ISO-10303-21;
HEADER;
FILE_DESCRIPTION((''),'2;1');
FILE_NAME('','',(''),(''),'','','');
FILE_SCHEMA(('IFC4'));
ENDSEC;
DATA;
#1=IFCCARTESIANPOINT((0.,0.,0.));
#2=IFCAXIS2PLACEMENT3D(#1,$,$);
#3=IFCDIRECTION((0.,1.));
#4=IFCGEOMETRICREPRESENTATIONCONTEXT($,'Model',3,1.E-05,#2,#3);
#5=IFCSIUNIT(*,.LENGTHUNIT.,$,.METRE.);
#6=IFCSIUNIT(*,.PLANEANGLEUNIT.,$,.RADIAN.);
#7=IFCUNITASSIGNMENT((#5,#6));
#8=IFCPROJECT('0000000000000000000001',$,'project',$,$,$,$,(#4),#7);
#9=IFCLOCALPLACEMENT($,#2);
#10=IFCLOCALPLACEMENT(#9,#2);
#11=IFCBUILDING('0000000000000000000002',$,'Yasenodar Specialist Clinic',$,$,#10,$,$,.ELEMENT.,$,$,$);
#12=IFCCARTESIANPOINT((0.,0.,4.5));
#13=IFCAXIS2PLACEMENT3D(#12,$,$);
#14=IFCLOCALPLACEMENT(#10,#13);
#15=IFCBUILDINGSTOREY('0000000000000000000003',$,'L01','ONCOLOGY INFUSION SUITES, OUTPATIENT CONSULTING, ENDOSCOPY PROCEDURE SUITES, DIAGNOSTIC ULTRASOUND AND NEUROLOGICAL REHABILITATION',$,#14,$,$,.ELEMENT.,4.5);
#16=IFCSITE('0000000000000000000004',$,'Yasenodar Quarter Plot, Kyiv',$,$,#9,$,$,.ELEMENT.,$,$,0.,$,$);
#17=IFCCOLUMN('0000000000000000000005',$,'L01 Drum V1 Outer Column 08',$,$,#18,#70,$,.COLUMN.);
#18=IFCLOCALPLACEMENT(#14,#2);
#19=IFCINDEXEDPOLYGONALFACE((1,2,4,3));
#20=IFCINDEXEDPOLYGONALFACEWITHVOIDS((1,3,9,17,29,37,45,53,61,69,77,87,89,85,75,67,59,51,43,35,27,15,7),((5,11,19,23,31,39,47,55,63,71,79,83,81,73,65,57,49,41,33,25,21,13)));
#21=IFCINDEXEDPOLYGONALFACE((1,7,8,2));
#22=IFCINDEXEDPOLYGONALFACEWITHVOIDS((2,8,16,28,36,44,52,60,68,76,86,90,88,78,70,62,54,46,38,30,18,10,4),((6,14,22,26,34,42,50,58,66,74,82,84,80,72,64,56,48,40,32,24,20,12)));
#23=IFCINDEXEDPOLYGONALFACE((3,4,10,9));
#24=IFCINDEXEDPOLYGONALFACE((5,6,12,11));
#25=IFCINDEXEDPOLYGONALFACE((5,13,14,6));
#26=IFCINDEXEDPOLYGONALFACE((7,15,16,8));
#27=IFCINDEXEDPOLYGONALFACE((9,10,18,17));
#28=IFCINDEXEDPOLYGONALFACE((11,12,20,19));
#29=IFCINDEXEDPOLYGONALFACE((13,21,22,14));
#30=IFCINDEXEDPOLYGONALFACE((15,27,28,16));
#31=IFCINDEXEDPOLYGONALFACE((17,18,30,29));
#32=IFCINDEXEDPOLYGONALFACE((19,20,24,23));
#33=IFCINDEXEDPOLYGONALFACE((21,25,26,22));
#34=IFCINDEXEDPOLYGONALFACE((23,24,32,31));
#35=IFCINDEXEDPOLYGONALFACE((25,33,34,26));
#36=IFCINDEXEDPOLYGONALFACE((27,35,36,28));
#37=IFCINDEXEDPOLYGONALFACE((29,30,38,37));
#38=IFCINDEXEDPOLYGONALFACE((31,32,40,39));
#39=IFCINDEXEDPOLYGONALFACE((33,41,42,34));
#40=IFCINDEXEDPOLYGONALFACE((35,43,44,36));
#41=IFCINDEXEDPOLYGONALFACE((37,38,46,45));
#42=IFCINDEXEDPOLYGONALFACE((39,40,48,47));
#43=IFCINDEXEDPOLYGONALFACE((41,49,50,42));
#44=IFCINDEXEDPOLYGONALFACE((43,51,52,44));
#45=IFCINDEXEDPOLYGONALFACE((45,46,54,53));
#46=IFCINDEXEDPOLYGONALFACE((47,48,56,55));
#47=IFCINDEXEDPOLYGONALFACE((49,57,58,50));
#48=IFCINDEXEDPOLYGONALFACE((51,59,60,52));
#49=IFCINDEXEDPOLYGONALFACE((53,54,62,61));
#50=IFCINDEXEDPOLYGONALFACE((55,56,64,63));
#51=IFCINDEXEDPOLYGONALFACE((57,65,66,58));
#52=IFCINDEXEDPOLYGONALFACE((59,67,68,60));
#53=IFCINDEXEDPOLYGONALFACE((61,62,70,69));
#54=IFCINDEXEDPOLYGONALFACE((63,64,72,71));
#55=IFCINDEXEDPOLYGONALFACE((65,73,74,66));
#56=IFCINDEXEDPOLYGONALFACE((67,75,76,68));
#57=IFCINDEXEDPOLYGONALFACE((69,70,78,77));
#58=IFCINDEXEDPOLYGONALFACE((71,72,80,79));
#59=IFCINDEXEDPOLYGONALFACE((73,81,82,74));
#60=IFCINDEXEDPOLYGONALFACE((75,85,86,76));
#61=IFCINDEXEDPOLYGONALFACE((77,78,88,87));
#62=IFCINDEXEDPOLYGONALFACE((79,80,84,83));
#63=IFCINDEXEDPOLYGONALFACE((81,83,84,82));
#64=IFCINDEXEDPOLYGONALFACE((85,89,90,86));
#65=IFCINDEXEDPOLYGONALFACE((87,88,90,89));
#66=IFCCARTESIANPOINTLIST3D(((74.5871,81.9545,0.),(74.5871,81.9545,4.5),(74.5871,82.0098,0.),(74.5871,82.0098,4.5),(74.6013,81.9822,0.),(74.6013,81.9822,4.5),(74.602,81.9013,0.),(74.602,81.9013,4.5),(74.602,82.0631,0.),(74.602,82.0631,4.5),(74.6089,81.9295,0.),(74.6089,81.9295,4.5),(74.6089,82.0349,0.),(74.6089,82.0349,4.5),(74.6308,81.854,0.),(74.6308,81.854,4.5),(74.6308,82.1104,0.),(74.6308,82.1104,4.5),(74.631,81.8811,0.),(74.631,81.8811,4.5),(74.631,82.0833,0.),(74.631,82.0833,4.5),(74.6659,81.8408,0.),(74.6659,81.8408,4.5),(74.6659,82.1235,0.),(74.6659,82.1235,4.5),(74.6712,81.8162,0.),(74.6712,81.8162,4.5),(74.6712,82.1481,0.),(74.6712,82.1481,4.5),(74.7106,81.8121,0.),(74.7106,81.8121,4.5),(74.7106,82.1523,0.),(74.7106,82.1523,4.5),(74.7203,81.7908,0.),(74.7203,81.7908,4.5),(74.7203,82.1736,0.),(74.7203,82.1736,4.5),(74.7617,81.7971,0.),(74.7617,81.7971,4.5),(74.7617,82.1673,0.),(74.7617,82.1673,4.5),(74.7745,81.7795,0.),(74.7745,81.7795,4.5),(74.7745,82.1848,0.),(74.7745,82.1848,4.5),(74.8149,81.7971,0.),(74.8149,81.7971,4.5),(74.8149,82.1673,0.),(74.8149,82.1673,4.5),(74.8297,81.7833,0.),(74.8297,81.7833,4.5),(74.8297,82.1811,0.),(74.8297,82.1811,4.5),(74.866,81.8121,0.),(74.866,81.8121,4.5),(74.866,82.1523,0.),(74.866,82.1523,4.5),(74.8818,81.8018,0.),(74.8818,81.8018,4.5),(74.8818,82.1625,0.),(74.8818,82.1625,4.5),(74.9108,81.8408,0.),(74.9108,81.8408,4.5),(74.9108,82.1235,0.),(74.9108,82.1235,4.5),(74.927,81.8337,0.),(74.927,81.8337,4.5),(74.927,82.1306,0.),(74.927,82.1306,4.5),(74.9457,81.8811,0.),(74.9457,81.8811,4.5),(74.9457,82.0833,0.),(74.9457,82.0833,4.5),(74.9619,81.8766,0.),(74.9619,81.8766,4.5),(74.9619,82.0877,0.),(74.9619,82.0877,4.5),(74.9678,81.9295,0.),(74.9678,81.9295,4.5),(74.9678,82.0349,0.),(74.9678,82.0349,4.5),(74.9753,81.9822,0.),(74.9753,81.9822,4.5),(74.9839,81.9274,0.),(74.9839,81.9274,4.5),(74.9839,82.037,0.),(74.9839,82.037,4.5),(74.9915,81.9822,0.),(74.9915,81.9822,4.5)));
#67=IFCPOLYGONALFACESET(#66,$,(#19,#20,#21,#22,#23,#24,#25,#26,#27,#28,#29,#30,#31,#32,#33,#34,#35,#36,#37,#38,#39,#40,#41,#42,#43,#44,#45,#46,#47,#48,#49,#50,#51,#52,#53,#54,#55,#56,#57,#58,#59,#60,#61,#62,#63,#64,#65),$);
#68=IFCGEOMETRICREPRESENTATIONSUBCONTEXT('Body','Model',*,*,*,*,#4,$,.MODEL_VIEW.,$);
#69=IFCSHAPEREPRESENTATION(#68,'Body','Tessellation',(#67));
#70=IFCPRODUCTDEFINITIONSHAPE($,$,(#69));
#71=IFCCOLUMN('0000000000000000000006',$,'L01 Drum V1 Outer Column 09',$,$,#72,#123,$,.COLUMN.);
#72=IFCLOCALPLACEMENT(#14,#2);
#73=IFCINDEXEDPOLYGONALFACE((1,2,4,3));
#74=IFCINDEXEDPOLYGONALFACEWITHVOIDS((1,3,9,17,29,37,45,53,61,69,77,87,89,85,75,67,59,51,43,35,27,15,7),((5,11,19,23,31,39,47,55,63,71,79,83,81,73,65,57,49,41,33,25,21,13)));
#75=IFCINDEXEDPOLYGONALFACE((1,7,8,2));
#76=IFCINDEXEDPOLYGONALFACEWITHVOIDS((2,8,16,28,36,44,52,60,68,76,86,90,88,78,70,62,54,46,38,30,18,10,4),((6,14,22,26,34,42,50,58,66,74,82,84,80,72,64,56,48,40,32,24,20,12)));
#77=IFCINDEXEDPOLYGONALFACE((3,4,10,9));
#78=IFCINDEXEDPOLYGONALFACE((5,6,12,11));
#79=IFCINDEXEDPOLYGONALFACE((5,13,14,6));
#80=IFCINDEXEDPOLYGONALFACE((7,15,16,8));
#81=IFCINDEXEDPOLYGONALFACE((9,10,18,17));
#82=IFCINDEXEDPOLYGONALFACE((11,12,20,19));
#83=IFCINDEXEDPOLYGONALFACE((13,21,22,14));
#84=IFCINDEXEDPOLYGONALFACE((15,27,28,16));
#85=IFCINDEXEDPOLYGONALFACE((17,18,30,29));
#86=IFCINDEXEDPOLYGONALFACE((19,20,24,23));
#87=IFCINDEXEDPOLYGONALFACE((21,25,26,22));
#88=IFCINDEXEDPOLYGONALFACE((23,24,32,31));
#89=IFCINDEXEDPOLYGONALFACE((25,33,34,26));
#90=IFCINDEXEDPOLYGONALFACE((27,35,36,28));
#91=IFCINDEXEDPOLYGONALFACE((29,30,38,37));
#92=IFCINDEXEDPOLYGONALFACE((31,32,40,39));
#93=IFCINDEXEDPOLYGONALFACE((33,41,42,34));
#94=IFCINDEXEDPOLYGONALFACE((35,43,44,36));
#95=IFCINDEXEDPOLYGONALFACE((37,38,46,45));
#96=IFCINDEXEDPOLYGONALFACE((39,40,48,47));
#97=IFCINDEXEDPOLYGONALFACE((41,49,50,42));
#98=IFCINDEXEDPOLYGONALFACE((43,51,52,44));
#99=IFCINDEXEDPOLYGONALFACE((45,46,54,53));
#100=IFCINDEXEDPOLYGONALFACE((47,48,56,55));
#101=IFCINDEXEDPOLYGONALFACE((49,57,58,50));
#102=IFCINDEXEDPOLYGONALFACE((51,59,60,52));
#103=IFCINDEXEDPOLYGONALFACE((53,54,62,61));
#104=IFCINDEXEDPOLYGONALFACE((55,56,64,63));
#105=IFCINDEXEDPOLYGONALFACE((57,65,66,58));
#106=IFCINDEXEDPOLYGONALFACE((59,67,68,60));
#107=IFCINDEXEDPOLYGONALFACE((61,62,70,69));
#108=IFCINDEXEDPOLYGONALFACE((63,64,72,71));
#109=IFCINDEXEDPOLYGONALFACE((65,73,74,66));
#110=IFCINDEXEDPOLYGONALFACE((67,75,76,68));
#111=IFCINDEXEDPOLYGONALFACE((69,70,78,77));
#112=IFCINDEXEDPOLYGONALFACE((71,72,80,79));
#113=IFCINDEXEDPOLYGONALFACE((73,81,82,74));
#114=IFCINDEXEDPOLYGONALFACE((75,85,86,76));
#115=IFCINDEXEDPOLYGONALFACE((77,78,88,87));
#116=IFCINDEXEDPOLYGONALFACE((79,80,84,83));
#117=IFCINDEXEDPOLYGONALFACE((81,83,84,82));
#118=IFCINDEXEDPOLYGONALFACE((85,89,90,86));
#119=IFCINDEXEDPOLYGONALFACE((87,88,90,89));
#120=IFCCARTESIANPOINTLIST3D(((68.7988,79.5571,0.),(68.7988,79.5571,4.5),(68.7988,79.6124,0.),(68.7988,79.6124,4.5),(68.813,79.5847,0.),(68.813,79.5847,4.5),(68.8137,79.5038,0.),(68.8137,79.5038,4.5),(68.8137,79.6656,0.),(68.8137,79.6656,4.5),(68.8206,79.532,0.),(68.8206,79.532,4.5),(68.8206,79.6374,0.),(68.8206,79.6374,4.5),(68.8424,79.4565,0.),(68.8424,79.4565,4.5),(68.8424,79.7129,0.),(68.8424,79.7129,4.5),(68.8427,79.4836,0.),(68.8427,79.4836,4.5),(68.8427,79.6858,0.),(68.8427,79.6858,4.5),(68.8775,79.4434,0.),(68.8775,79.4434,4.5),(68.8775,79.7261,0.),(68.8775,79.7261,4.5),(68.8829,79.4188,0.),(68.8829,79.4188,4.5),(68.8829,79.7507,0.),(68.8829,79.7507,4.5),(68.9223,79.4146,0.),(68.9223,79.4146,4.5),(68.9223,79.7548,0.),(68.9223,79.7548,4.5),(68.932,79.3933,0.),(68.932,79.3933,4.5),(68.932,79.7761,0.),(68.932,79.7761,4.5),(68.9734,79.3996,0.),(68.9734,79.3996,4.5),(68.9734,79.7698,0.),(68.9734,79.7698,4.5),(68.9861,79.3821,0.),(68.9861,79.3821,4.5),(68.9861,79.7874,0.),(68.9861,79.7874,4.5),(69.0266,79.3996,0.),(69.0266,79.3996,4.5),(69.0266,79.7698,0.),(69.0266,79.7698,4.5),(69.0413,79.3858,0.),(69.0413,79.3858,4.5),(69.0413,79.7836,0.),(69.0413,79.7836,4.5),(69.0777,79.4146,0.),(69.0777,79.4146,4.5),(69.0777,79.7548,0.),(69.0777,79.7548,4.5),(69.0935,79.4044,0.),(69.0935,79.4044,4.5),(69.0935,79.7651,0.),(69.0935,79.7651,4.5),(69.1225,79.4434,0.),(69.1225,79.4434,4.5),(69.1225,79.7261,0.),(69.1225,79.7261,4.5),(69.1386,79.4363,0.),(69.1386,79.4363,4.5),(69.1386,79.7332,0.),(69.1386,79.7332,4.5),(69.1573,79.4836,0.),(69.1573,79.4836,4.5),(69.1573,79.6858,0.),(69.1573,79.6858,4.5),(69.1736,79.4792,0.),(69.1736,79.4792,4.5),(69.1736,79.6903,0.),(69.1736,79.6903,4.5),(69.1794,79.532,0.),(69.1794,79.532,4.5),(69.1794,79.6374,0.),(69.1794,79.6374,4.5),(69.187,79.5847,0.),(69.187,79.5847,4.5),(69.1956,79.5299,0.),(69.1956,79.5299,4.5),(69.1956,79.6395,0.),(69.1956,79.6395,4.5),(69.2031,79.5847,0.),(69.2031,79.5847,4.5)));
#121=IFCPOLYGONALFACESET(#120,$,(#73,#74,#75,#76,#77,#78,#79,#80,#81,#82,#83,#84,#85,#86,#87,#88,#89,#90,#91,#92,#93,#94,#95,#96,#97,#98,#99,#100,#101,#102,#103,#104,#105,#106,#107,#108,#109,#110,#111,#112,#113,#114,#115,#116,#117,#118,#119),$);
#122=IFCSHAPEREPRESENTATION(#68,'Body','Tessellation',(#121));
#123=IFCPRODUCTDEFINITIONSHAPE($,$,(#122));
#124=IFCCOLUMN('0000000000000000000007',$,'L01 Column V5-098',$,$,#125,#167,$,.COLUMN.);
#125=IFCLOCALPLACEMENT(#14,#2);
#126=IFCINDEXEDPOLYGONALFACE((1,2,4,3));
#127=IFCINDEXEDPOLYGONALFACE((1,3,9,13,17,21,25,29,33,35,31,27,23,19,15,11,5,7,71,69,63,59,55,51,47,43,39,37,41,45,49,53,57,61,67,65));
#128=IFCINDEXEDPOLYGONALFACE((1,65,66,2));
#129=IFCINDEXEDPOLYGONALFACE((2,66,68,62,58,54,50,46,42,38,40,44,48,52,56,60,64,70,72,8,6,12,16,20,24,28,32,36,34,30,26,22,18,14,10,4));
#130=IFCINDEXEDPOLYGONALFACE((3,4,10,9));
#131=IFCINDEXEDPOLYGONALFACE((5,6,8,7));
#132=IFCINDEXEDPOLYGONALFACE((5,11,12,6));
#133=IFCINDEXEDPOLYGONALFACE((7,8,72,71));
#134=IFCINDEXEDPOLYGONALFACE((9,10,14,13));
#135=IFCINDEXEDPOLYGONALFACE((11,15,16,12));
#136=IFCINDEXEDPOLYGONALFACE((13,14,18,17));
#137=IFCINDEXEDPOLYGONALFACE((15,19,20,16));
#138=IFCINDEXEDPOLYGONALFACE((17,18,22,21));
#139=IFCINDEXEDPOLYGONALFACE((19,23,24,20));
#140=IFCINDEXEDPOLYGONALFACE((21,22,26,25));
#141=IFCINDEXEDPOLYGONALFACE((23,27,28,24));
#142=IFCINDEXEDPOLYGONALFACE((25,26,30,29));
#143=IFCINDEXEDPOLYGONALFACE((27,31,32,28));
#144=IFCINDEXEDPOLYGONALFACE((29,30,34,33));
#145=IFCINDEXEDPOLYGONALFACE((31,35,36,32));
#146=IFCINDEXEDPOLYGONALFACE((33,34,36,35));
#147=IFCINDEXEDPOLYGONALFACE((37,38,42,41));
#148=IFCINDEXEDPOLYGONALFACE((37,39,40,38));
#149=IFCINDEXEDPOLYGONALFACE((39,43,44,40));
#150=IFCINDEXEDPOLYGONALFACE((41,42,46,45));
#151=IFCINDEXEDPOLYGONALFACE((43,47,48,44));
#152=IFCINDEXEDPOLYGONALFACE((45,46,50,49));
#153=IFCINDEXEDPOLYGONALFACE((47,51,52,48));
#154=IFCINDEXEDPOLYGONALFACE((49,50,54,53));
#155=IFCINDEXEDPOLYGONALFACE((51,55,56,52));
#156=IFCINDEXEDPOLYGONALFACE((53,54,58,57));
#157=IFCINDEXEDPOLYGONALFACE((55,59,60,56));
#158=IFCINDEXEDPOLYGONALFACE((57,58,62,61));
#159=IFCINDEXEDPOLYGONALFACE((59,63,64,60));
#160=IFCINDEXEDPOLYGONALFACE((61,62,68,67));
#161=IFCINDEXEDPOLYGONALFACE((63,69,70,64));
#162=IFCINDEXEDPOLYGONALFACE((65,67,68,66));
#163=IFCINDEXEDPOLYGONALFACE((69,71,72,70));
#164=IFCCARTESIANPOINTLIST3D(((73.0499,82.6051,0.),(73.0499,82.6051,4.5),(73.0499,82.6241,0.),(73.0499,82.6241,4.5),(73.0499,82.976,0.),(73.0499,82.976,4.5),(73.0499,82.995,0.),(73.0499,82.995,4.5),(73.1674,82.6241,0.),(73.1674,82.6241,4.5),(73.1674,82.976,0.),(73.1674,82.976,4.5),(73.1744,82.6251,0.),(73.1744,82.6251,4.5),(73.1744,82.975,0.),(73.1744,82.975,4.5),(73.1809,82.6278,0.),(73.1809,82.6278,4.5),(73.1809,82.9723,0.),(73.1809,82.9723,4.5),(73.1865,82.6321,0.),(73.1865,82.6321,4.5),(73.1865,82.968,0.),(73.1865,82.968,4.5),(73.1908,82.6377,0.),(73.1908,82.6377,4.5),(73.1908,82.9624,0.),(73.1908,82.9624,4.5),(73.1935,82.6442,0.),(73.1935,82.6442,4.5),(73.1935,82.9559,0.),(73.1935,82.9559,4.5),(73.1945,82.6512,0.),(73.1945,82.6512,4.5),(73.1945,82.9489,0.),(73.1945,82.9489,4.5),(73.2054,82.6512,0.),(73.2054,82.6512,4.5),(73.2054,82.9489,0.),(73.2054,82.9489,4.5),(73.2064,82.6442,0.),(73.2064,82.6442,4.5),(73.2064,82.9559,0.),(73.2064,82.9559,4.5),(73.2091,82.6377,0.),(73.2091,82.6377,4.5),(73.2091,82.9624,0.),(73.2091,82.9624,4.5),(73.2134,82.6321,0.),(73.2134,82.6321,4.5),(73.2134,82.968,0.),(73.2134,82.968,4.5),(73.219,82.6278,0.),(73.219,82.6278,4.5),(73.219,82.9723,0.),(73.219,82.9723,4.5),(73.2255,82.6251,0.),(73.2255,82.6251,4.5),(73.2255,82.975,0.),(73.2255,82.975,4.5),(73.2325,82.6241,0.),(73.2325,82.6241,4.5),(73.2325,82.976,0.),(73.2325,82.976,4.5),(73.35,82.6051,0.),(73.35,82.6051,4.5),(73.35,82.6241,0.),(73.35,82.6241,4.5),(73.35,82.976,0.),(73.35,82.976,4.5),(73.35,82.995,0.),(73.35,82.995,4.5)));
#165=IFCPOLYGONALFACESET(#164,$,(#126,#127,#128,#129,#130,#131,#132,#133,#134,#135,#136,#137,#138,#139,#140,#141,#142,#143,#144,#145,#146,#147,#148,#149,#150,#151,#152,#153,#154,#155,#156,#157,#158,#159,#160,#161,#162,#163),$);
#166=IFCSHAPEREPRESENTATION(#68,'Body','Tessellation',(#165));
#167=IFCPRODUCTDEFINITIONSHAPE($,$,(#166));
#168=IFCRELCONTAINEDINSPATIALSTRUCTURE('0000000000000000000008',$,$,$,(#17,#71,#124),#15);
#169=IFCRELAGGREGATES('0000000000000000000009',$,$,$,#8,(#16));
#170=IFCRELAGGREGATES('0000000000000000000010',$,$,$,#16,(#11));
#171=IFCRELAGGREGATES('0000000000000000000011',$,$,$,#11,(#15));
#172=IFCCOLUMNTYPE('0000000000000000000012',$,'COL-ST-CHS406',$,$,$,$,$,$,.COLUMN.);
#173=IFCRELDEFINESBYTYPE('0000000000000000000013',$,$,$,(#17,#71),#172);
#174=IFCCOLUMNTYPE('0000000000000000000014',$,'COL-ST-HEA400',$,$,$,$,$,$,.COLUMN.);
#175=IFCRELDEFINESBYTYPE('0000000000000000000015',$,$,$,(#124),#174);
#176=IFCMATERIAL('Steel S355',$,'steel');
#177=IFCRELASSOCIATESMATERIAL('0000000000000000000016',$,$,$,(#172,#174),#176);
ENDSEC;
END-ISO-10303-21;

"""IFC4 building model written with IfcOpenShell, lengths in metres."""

from ifc_helpers import new_model, si_unit, direction, frame, origin, origin_2d, place, context, subcontext, project, spatial, hollow_circle, i_section, extrude, material, material_profile, profile_set, type_object, element, save


model = new_model("IFC4")

# Units and contexts
model_context = context("Model", 3, precision=1e-05, world=origin(), true_north=direction((0.0, 1.0)))
body_context = subcontext(model_context, "Body", "Model", "MODEL_VIEW")
ifc_project = project(units=[si_unit("LENGTHUNIT", "METRE"), si_unit("PLANEANGLEUNIT", "RADIAN")], contexts=[model_context])

# Site, building, storey
site_placement = place(None, origin())
site = spatial("IfcSite", under=ifc_project, at=site_placement, Name="Yasenodar Quarter Plot, Kyiv", CompositionType="ELEMENT", RefElevation=0.0)
building_placement = place(site_placement, origin())
building = spatial("IfcBuilding", under=site, at=building_placement, Name="Yasenodar Specialist Clinic", CompositionType="ELEMENT")
storey_placement = place(building_placement, frame((0.0, 0.0, 4.5)))
storey = spatial("IfcBuildingStorey", under=building, at=storey_placement, Name="L01", Description="ONCOLOGY INFUSION SUITES, OUTPATIENT CONSULTING, ENDOSCOPY PROCEDURE SUITES, DIAGNOSTIC ULTRASOUND AND NEUROLOGICAL REHABILITATION", CompositionType="ELEMENT", Elevation=4.5)

# Columns
ifc_material_1 = material(Name="Steel S355", Category="steel")
ifc_material_profile_1 = material_profile(ifc_material_1, hollow_circle(Radius=0.2031, WallThickness=0.0161, at=origin_2d()), Name="CHS 406.4x16")
ifc_profile_set_1 = profile_set([ifc_material_profile_1], Name="Steel S355")
column_type_1 = type_object("IfcColumnType", Name="COL-ST-CHS406", PredefinedType="COLUMN", material=ifc_profile_set_1)
for number, where, z_axis, x_axis, name in (
    (1, (74.7883, 81.9822, 0.0), (0.0, 0.0, 1.0), (1.0, 0.0, 0.0), "L01 Drum V1 Outer Column 08"),
    (2, (69.0, 79.5847, 0.0), (0.0, 0.0, 1.0), (1.0, 0.0, 0.0), "L01 Drum V1 Outer Column 09"),
):
    element("IfcColumn", number, at=place(storey_placement, frame(where, z_axis=z_axis, x_axis=x_axis)), inside=storey, type_object=column_type_1, Name=name, PredefinedType="COLUMN", context=body_context, shape_type="SweptSolid", body=[
        extrude(hollow_circle(Radius=0.2031, WallThickness=0.0161, at=origin_2d()), origin(), (0.0, 0.0, 1.0), 4.5),
    ])
ifc_material_profile_2 = material_profile(ifc_material_1, i_section(OverallWidth=0.3, OverallDepth=0.3899, WebThickness=0.011, FlangeThickness=0.019, FilletRadius=0.0271, at=origin_2d()), Name="HEA 400")
ifc_profile_set_2 = profile_set([ifc_material_profile_2], Name="Steel S355")
column_type_2 = type_object("IfcColumnType", Name="COL-ST-HEA400", PredefinedType="COLUMN", material=ifc_profile_set_2)
column_placement = place(storey_placement, frame((73.2, 82.8, 0.0), z_axis=(0.0, 0.0, 1.0), x_axis=(1.0, 0.0, 0.0)))
element("IfcColumn", 3, at=column_placement, inside=storey, type_object=column_type_2, Name="L01 Column V5-098", PredefinedType="COLUMN", context=body_context, shape_type="SweptSolid", body=[
    extrude(i_section(OverallWidth=0.3, OverallDepth=0.3899, WebThickness=0.011, FlangeThickness=0.019, FilletRadius=0.0271, at=origin_2d()), origin(), (0.0, 0.0, 1.0), 4.5),
])

save(model, "model.ifc")
